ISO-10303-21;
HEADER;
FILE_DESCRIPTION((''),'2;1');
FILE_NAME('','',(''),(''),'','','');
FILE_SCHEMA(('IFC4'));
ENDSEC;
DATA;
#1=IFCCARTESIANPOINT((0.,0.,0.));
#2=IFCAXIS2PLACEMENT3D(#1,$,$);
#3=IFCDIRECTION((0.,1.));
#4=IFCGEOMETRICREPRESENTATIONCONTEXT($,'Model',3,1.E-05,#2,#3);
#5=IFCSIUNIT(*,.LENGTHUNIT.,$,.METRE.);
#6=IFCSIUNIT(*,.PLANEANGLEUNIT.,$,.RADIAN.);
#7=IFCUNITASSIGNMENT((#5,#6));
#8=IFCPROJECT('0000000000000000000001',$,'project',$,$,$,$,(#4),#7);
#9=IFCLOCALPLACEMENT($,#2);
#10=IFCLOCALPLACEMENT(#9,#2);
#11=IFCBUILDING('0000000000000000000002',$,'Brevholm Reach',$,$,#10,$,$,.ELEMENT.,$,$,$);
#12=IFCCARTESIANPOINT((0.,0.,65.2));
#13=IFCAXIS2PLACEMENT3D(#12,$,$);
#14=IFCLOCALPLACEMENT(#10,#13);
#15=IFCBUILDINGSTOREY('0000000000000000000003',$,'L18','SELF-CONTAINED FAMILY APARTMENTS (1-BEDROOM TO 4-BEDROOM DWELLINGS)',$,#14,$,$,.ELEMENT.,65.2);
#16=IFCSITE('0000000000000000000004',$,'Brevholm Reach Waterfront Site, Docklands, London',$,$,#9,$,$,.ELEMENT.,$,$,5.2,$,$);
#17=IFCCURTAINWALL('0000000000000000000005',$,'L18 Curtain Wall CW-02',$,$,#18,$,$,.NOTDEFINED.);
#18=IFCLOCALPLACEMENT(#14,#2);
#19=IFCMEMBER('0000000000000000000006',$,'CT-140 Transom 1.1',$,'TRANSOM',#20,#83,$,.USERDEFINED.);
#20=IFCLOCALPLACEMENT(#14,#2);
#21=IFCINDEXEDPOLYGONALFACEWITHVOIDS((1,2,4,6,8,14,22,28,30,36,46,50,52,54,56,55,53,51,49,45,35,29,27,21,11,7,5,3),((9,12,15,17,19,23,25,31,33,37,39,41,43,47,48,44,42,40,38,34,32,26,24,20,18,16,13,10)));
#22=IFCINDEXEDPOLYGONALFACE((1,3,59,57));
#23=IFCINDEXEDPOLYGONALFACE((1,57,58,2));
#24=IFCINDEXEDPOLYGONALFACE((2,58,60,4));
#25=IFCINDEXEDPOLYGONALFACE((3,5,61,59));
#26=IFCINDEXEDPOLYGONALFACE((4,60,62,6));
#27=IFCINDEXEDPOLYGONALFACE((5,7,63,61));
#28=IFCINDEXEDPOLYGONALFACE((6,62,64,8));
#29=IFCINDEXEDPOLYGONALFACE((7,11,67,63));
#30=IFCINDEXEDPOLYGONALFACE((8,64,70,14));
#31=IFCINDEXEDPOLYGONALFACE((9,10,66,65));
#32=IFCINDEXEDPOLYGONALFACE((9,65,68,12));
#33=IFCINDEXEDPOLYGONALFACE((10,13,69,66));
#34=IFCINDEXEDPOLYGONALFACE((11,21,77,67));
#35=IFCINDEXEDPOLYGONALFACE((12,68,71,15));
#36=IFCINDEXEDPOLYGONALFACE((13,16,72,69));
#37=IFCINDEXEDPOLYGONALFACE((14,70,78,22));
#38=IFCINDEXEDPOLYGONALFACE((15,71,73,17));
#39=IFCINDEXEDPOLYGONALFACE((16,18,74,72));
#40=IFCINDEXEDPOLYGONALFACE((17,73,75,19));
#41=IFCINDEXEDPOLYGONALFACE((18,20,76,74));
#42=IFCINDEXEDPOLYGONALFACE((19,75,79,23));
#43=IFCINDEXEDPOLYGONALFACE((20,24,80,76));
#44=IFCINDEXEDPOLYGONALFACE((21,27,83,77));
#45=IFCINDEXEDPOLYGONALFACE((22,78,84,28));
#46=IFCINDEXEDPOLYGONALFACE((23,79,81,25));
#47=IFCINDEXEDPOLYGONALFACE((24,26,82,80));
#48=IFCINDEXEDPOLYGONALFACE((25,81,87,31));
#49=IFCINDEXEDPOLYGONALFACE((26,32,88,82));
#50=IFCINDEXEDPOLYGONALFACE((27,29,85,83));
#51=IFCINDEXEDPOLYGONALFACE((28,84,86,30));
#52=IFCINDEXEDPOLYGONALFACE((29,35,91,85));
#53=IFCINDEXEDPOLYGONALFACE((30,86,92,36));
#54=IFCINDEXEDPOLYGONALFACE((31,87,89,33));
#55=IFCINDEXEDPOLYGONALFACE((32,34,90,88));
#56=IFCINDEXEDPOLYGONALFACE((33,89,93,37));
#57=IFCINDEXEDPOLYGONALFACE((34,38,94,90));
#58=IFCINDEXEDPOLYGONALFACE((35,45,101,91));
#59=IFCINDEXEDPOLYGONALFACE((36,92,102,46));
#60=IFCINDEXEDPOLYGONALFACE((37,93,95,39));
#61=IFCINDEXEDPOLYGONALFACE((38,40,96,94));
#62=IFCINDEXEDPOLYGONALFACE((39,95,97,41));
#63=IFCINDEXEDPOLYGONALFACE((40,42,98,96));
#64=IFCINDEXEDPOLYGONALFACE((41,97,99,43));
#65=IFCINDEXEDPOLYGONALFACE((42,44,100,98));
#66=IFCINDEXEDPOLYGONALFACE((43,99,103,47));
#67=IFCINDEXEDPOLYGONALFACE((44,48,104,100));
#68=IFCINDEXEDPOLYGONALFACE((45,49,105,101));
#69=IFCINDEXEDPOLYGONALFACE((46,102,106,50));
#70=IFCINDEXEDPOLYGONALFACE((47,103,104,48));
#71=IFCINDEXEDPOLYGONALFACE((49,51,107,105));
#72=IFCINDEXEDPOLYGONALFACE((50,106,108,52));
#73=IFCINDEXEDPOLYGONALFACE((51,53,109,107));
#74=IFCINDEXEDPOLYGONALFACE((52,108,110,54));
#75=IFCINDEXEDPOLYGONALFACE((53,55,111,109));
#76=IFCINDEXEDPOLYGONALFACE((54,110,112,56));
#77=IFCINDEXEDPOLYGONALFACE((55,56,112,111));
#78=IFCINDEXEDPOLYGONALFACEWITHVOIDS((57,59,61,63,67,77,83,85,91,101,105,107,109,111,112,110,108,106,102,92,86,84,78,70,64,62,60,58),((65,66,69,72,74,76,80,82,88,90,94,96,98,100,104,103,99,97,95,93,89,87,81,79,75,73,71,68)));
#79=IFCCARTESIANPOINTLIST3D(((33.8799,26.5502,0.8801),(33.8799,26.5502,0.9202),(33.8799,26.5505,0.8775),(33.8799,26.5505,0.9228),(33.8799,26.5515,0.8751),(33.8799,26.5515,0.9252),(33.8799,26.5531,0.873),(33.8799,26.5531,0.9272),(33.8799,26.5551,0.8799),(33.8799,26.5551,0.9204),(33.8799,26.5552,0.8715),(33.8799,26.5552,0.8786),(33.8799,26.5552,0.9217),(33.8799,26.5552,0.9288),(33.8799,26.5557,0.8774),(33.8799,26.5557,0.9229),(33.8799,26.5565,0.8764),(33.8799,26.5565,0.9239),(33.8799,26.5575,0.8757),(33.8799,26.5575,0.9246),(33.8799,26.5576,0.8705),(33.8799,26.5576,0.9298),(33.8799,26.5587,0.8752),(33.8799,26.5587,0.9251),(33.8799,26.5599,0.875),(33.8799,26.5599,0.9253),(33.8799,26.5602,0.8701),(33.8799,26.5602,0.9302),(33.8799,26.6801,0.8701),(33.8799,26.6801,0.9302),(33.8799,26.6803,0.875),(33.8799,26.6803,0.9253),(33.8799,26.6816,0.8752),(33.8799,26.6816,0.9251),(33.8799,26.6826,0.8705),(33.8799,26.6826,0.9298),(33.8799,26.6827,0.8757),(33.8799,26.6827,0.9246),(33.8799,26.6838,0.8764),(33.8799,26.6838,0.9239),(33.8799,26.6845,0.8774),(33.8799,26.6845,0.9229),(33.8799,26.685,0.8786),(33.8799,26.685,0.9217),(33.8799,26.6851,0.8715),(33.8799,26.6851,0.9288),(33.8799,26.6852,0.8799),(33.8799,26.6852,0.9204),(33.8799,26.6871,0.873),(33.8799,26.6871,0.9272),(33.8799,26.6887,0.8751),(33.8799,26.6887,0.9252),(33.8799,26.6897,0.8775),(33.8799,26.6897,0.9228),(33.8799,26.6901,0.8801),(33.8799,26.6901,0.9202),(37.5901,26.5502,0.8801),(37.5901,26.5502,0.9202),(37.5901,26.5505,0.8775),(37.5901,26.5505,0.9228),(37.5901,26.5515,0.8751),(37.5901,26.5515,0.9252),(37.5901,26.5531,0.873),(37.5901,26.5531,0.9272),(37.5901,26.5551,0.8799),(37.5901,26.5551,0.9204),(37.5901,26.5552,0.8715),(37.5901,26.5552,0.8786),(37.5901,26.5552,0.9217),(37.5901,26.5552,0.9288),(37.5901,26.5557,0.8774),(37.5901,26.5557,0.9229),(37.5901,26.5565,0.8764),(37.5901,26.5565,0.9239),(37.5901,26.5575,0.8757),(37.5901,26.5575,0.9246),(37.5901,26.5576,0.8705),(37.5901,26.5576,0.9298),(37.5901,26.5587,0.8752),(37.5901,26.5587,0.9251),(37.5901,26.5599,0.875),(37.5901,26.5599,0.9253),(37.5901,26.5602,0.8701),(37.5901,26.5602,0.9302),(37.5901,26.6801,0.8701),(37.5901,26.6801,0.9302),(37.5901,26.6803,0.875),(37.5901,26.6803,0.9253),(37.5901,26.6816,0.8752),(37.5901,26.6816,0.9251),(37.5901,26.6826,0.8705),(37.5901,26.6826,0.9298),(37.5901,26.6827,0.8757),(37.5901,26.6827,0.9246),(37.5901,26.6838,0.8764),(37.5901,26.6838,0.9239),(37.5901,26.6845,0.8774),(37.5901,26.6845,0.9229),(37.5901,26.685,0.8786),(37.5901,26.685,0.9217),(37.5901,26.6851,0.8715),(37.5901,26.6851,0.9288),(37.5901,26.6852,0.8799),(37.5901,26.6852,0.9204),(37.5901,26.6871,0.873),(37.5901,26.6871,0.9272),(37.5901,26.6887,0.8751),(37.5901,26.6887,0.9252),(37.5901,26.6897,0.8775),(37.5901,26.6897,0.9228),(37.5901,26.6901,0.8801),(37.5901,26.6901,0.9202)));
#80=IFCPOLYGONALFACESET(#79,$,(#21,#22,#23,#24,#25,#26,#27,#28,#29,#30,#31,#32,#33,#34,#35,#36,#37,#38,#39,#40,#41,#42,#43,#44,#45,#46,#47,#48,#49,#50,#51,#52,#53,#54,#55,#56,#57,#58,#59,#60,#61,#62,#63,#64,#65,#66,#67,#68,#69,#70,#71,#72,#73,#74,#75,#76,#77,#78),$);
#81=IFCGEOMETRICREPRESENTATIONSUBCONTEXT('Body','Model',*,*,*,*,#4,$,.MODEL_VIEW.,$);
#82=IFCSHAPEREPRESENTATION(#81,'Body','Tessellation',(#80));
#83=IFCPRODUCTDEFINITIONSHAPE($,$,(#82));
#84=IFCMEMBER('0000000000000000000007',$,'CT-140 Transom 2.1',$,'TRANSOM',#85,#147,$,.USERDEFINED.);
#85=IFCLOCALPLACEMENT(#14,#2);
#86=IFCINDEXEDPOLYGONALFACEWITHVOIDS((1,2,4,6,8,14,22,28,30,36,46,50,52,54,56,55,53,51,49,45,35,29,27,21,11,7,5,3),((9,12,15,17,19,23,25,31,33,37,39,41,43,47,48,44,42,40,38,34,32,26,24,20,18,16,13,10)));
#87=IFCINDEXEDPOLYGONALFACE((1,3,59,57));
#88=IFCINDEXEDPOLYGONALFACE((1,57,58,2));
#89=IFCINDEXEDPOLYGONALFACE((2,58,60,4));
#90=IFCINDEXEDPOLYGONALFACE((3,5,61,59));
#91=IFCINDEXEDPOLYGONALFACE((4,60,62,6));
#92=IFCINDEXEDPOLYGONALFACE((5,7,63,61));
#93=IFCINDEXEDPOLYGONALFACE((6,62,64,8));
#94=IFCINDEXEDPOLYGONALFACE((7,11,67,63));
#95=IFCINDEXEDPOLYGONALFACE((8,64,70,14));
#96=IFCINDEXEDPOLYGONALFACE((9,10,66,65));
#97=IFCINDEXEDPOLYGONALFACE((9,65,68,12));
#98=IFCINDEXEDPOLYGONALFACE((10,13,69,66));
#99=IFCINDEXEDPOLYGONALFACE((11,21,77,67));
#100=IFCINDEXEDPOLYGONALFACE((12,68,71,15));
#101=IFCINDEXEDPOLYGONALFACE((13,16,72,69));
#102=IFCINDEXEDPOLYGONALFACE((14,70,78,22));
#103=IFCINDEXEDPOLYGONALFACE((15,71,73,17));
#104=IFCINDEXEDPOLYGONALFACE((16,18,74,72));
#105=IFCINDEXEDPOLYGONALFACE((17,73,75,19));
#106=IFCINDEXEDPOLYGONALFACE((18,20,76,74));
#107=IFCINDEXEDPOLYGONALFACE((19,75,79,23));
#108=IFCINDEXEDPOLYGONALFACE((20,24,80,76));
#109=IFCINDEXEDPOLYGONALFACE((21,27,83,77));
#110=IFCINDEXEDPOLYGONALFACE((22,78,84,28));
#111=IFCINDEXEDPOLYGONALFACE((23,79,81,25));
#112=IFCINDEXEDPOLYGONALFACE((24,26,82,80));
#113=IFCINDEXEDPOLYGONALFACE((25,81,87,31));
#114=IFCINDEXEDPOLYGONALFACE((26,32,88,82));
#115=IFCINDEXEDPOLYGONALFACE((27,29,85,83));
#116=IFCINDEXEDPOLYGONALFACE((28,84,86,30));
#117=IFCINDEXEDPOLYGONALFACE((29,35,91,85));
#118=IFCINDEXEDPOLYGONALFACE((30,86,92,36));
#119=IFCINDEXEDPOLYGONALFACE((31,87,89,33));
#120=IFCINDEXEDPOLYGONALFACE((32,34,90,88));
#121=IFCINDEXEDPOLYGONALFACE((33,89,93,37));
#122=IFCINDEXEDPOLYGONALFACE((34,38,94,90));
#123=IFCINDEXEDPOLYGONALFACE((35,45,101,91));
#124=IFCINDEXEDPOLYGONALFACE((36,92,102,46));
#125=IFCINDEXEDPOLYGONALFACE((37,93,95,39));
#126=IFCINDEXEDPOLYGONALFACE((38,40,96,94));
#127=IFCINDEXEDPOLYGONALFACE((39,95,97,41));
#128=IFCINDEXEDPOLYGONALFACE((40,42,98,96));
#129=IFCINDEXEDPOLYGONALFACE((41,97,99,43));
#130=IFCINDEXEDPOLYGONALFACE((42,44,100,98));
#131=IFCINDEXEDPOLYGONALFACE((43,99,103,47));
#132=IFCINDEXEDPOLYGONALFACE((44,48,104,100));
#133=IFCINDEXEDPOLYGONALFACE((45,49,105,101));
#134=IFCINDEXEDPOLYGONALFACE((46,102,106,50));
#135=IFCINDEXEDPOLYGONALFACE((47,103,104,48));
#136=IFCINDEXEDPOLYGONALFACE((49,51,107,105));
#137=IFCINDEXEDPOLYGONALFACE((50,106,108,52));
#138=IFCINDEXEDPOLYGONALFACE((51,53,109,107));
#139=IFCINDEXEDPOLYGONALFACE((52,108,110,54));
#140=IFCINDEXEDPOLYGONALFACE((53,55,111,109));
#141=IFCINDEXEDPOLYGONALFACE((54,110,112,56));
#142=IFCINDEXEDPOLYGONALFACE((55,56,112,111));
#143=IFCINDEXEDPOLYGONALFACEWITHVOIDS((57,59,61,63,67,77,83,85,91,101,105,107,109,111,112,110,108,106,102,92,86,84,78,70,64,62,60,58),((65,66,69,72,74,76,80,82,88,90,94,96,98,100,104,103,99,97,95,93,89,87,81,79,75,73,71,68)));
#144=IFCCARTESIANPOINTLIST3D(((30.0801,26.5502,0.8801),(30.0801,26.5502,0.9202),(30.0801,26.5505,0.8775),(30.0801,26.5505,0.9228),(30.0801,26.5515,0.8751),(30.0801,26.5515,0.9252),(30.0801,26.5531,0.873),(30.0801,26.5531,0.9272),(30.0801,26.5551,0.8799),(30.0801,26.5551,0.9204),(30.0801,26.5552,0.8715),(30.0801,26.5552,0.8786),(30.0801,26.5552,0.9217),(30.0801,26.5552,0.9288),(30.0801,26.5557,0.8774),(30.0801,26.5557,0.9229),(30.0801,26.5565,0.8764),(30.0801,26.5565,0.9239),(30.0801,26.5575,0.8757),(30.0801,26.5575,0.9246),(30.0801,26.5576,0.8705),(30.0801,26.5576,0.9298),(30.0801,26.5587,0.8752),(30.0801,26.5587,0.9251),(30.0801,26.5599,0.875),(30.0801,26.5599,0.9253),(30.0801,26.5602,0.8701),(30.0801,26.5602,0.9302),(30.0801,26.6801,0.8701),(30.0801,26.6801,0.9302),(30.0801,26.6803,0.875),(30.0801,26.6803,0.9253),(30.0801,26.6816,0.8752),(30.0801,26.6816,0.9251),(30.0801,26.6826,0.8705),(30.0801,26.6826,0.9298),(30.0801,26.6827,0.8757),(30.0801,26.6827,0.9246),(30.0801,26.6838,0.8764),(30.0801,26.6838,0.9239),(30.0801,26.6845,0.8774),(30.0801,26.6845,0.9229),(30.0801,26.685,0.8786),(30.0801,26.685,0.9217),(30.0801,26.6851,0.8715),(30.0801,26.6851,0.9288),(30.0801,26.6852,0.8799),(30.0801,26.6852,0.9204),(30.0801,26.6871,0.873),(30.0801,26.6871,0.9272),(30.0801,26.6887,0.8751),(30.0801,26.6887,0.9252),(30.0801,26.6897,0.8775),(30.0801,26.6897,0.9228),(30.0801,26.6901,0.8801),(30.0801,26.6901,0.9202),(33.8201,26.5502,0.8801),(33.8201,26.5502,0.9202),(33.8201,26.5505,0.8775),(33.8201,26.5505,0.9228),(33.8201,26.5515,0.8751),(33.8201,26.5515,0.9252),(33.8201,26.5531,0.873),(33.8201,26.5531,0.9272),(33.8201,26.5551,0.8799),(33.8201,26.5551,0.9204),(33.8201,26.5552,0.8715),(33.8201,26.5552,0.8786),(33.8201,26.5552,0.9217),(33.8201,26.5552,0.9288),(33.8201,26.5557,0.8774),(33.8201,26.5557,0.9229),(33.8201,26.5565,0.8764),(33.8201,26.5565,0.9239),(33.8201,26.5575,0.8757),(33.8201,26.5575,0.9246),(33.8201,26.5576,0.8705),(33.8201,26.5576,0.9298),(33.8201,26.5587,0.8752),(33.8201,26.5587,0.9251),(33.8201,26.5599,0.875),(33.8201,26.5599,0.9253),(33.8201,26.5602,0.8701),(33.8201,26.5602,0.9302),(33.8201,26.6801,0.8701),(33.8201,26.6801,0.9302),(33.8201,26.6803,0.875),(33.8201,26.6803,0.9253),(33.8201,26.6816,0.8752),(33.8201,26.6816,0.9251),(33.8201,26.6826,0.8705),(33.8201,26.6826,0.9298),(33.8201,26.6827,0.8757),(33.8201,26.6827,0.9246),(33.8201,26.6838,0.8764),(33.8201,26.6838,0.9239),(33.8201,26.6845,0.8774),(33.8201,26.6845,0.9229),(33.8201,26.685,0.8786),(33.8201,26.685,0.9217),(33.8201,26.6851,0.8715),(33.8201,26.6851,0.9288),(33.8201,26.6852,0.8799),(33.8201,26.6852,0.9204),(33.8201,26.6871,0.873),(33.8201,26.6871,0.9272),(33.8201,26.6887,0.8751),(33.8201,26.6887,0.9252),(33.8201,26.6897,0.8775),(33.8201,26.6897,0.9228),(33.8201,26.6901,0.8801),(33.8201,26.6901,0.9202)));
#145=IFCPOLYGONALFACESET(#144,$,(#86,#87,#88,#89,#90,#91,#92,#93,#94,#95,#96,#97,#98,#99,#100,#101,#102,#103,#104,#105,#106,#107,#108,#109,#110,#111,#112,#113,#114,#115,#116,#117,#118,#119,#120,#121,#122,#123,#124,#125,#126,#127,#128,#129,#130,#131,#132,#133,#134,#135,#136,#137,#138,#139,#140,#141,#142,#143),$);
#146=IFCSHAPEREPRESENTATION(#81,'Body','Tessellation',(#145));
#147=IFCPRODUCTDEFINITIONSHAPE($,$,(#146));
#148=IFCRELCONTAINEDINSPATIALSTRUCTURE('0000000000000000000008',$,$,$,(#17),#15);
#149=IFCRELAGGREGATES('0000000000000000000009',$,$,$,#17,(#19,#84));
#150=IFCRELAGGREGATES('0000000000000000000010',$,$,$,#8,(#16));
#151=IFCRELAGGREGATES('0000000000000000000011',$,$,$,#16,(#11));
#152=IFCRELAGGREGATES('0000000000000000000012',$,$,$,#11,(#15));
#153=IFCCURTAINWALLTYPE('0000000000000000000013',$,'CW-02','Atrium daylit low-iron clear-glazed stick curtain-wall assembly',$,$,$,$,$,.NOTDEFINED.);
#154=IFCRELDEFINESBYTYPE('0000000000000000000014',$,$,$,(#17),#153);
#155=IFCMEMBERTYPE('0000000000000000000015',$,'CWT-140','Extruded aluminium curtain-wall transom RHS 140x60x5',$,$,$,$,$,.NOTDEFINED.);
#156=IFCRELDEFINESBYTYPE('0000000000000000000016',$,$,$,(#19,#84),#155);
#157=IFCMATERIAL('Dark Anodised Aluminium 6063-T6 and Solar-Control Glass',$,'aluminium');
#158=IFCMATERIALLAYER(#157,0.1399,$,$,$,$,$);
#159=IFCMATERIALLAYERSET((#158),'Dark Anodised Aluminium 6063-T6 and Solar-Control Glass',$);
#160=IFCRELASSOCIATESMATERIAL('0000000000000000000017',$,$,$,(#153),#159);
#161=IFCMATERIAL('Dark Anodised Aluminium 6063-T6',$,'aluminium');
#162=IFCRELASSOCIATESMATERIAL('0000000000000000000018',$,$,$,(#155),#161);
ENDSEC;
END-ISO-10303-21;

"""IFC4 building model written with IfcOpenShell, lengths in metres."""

from ifc_helpers import new_model, si_unit, direction, frame, origin, origin_2d, place, context, subcontext, project, spatial, hollow_rectangle, extrude, material, layer, layer_set, material_profile, profile_set, type_object, element, aggregate, save


model = new_model("IFC4")

# Units and contexts
model_context = context("Model", 3, precision=1e-05, world=origin(), true_north=direction((0.0, 1.0)))
body_context = subcontext(model_context, "Body", "Model", "MODEL_VIEW")
ifc_project = project(units=[si_unit("LENGTHUNIT", "METRE"), si_unit("PLANEANGLEUNIT", "RADIAN")], contexts=[model_context])

# Site, building, storey
site_placement = place(None, origin())
site = spatial("IfcSite", under=ifc_project, at=site_placement, Name="Brevholm Reach Waterfront Site, Docklands, London", CompositionType="ELEMENT", RefElevation=5.2)
building_placement = place(site_placement, origin())
building = spatial("IfcBuilding", under=site, at=building_placement, Name="Brevholm Reach", CompositionType="ELEMENT")
storey_placement = place(building_placement, frame((0.0, 0.0, 65.2)))
storey = spatial("IfcBuildingStorey", under=building, at=storey_placement, Name="L18", Description="SELF-CONTAINED FAMILY APARTMENTS (1-BEDROOM TO 4-BEDROOM DWELLINGS)", CompositionType="ELEMENT", Elevation=65.2)

# Curtain wall
ifc_material_1 = material(Name="Dark Anodised Aluminium 6063-T6 and Solar-Control Glass", Category="aluminium")
ifc_layer_1 = layer(ifc_material_1, 0.1399)
ifc_layer_set_1 = layer_set([ifc_layer_1], Name="Dark Anodised Aluminium 6063-T6 and Solar-Control Glass")
curtain_wall_type_1 = type_object("IfcCurtainWallType", Name="CW-02", Description="Atrium daylit low-iron clear-glazed stick curtain-wall assembly", PredefinedType="NOTDEFINED", material=ifc_layer_set_1)
curtain_wall_1_placement = place(storey_placement, origin())
curtain_wall_1 = element("IfcCurtainWall", 1, at=curtain_wall_1_placement, inside=storey, type_object=curtain_wall_type_1, Name="L18 Curtain Wall CW-02", PredefinedType="NOTDEFINED")

# Members
ifc_material_2 = material(Name="Dark Anodised Aluminium 6063-T6", Category="aluminium")
ifc_material_profile_1 = material_profile(ifc_material_2, hollow_rectangle(XDim=0.0601, YDim=0.1399, WallThickness=0.0049, InnerFilletRadius=0.0049, OuterFilletRadius=0.01, at=origin_2d()), Name="RHS 140x60x5")
ifc_profile_set_1 = profile_set([ifc_material_profile_1], Name="Dark Anodised Aluminium 6063-T6")
member_type_1 = type_object("IfcMemberType", Name="CWT-140", Description="Extruded aluminium curtain-wall transom RHS 140x60x5", PredefinedType="NOTDEFINED", material=ifc_profile_set_1)
member_1_placement = place(storey_placement, frame((37.5901, 26.6201, 0.9001), z_axis=(-1.0, 0.0, 0.0), x_axis=(0.0, 0.0, 1.0)))
member_1 = element("IfcMember", 2, at=member_1_placement, type_object=member_type_1, Name="CT-140 Transom 1.1", ObjectType="TRANSOM", PredefinedType="USERDEFINED", context=body_context, shape_type="SweptSolid", body=[
    extrude(hollow_rectangle(XDim=0.0601, YDim=0.1399, WallThickness=0.0049, InnerFilletRadius=0.0049, OuterFilletRadius=0.01, at=origin_2d()), origin(), (0.0, 0.0, 1.0), 3.7102),
])
member_2_placement = place(storey_placement, frame((33.8201, 26.6201, 0.9001), z_axis=(-1.0, 0.0, 0.0), x_axis=(0.0, 0.0, 1.0)))
member_2 = element("IfcMember", 3, at=member_2_placement, type_object=member_type_1, Name="CT-140 Transom 2.1", ObjectType="TRANSOM", PredefinedType="USERDEFINED", context=body_context, shape_type="SweptSolid", body=[
    extrude(hollow_rectangle(XDim=0.0601, YDim=0.1399, WallThickness=0.0049, InnerFilletRadius=0.0049, OuterFilletRadius=0.01, at=origin_2d()), origin(), (0.0, 0.0, 1.0), 3.74),
])

aggregate(curtain_wall_1, [member_1, member_2])

save(model, "model.ifc")
